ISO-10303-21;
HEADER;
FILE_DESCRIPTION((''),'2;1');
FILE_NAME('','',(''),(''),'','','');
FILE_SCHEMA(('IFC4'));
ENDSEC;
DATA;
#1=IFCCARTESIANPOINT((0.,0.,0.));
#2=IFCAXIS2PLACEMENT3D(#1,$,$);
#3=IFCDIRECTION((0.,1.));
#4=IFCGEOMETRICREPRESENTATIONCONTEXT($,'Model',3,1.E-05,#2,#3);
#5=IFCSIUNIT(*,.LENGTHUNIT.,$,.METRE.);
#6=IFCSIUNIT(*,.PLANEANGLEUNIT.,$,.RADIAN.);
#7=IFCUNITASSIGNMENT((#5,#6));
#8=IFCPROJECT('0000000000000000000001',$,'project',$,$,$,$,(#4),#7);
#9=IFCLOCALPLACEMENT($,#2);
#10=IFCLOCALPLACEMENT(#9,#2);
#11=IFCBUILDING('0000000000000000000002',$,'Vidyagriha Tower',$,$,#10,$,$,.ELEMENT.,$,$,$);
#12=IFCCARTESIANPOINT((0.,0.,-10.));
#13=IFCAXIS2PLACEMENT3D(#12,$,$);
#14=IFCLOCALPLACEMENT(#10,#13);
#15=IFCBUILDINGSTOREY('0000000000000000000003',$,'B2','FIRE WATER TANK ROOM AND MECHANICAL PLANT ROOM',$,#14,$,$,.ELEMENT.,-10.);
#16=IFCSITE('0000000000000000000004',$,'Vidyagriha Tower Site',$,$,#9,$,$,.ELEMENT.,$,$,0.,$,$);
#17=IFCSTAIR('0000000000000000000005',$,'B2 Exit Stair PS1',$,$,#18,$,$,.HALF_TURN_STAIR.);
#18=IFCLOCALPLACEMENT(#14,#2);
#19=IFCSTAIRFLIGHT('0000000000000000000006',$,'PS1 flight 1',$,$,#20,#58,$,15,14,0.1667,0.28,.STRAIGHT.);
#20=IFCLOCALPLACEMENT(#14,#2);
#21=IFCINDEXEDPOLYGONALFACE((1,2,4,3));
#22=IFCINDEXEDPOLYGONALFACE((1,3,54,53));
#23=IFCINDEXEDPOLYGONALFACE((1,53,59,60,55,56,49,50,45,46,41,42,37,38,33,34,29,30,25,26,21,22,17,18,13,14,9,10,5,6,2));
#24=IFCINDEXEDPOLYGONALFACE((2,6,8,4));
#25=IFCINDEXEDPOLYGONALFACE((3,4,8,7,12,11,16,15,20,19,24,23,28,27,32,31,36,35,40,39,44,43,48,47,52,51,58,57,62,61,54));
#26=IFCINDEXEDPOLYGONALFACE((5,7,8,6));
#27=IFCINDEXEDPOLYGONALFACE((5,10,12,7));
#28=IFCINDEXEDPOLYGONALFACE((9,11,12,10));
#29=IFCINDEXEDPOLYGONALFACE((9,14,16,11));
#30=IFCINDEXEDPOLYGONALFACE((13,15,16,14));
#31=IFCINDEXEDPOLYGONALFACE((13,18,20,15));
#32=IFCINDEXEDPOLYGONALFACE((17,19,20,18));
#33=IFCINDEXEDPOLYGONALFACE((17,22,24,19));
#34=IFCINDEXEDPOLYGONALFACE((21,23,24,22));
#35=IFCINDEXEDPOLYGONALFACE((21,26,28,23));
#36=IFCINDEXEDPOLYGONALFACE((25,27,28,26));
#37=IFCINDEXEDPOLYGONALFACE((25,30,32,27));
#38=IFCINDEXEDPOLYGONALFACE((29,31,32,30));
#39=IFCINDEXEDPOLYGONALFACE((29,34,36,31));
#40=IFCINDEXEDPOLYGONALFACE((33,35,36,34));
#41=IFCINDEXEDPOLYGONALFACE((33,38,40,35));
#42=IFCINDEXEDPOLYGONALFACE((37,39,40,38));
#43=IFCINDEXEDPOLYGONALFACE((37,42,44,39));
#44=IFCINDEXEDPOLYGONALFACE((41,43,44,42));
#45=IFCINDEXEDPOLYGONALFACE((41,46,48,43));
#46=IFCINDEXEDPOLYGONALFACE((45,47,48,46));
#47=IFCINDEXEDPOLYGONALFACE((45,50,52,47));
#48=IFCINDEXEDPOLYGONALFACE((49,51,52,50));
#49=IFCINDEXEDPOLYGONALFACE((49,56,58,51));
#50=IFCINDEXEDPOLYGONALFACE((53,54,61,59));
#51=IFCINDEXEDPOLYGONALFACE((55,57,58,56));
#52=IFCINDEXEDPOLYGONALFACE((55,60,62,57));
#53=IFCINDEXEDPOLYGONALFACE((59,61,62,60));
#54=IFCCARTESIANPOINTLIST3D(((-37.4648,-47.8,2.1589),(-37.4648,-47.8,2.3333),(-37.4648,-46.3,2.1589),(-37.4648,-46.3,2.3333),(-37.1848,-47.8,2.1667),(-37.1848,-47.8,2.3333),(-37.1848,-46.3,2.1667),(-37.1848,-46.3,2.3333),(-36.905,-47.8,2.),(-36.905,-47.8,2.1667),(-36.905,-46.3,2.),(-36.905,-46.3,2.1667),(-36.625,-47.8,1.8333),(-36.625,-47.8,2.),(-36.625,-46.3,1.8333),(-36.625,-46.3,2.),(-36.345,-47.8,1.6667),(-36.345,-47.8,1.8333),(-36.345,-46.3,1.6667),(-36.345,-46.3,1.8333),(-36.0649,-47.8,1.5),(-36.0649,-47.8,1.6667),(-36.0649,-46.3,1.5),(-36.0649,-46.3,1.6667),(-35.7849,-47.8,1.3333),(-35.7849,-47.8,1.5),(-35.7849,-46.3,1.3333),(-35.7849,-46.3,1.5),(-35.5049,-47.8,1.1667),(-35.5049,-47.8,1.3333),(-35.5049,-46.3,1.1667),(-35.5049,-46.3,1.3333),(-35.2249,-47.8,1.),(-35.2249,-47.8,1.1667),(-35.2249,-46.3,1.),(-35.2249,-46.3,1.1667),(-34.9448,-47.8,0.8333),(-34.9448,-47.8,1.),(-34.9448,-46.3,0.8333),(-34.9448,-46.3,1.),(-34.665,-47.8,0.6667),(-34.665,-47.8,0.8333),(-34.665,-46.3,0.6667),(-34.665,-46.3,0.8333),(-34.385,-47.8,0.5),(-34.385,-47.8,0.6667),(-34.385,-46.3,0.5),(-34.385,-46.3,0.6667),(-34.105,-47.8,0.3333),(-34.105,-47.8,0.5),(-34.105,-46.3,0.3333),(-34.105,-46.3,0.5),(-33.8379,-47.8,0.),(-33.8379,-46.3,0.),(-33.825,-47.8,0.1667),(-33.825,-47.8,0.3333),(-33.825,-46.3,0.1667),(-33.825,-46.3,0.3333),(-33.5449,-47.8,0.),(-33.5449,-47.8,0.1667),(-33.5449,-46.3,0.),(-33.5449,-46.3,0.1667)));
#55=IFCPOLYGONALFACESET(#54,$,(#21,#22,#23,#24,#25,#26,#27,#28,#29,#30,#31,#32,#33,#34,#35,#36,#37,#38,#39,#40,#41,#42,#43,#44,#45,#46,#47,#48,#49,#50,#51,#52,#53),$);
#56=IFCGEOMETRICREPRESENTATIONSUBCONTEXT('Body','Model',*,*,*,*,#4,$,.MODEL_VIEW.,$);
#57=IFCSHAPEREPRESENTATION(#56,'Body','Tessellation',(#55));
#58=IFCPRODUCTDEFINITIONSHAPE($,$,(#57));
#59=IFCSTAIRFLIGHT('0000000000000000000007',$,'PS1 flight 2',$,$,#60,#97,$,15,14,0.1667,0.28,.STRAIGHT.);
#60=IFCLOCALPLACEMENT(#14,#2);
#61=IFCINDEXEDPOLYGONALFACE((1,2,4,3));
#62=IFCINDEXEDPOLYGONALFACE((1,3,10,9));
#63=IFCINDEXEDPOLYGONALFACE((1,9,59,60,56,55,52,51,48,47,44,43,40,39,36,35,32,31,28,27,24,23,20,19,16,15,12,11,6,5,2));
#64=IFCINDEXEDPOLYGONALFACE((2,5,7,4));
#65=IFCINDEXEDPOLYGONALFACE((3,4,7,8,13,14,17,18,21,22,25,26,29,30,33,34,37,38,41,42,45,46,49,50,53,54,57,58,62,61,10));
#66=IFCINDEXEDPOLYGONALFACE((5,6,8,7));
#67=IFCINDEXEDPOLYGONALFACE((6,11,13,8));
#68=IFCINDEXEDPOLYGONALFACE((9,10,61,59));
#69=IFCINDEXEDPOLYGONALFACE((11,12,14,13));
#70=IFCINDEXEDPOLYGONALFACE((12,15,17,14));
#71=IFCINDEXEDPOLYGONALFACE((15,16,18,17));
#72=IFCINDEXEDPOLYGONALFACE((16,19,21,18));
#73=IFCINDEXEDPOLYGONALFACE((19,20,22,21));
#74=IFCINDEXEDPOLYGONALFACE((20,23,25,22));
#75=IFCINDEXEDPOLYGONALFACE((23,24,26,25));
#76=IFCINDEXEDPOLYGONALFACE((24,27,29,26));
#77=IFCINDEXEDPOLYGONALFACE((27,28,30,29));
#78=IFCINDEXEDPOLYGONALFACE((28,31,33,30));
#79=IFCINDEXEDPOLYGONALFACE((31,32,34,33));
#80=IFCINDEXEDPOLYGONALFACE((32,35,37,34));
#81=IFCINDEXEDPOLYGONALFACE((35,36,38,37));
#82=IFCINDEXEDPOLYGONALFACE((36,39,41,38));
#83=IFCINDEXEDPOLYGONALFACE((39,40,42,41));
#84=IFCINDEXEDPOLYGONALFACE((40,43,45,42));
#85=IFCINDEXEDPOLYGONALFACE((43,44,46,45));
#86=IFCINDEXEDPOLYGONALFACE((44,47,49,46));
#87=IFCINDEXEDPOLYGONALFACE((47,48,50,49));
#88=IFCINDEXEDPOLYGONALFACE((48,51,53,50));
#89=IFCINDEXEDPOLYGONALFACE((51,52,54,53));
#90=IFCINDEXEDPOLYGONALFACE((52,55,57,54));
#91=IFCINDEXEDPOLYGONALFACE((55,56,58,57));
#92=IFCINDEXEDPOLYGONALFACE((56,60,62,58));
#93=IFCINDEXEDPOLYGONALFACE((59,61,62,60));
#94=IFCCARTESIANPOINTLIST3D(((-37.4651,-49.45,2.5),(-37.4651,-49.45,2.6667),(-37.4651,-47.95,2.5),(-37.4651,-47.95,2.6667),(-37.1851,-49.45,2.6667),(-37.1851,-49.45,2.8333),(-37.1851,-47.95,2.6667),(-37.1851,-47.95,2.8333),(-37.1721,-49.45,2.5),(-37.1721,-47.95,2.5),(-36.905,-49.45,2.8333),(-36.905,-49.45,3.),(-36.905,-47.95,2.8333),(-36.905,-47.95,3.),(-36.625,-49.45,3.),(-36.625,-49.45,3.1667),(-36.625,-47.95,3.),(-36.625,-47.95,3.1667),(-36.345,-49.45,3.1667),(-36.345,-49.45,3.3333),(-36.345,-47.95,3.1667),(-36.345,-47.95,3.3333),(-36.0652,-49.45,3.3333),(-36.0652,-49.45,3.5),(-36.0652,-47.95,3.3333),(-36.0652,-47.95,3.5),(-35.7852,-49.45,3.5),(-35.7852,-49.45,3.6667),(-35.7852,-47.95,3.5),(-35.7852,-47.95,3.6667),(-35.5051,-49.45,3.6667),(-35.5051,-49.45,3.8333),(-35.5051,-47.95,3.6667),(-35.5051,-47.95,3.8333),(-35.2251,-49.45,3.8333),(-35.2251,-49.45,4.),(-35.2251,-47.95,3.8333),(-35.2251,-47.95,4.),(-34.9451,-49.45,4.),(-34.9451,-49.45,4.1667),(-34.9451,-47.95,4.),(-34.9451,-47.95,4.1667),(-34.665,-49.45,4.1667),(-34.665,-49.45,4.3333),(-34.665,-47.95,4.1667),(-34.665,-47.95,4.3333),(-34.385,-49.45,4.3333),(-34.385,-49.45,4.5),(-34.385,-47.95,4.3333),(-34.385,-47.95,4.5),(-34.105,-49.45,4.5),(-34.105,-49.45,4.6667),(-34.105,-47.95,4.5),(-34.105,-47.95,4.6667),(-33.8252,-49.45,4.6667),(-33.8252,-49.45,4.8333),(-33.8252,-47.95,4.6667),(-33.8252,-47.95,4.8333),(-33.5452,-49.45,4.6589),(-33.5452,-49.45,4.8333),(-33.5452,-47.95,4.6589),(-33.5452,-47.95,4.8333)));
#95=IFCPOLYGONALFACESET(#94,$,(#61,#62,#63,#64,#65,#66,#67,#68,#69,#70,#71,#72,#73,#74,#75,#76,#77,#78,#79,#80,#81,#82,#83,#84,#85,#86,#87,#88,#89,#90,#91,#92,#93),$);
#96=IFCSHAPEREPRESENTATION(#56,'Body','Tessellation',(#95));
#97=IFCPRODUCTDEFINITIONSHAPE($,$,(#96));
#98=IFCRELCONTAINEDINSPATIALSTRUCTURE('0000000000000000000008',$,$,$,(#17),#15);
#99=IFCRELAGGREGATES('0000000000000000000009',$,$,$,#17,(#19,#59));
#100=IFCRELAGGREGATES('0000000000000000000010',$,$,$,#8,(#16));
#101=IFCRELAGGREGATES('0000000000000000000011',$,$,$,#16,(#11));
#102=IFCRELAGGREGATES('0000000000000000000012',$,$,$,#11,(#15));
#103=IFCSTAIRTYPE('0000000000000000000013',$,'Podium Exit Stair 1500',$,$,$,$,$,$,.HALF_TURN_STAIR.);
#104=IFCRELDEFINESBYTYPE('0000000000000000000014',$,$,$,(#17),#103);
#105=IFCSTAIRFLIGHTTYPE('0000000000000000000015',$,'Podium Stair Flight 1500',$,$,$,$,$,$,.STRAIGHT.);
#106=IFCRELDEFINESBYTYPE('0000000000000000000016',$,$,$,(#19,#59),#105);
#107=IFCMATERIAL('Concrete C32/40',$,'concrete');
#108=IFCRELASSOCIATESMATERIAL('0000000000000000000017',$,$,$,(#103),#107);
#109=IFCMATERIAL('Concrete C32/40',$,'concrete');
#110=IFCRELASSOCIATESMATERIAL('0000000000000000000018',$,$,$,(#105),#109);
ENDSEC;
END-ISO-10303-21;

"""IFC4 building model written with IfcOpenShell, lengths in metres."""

from ifc_helpers import new_model, si_unit, direction, frame, origin, place, context, subcontext, project, spatial, polyline, outline, extrude, material, type_object, element, aggregate, save


model = new_model("IFC4")

# Units and contexts
model_context = context("Model", 3, precision=1e-05, world=origin(), true_north=direction((0.0, 1.0)))
body_context = subcontext(model_context, "Body", "Model", "MODEL_VIEW")
ifc_project = project(units=[si_unit("LENGTHUNIT", "METRE"), si_unit("PLANEANGLEUNIT", "RADIAN")], contexts=[model_context])

# Site, building, storey
site_placement = place(None, origin())
site = spatial("IfcSite", under=ifc_project, at=site_placement, Name="Vidyagriha Tower Site", CompositionType="ELEMENT", RefElevation=0.0)
building_placement = place(site_placement, origin())
building = spatial("IfcBuilding", under=site, at=building_placement, Name="Vidyagriha Tower", CompositionType="ELEMENT")
storey_placement = place(building_placement, frame((0.0, 0.0, -10.0)))
storey = spatial("IfcBuildingStorey", under=building, at=storey_placement, Name="B2", Description="FIRE WATER TANK ROOM AND MECHANICAL PLANT ROOM", CompositionType="ELEMENT", Elevation=-10.0)

# Stair, stair flights
ifc_material_1 = material(Name="Concrete C32/40", Category="concrete")
stair_type = type_object("IfcStairType", Name="Podium Exit Stair 1500", PredefinedType="HALF_TURN_STAIR", material=ifc_material_1)
stair_placement = place(storey_placement, origin())
stair = element("IfcStair", 1, at=stair_placement, inside=storey, type_object=stair_type, Name="B2 Exit Stair PS1", PredefinedType="HALF_TURN_STAIR")
ifc_material_2 = material(Name="Concrete C32/40", Category="concrete")
stair_flight_type = type_object("IfcStairFlightType", Name="Podium Stair Flight 1500", PredefinedType="STRAIGHT", material=ifc_material_2)
stair_flight_1_placement = place(storey_placement, frame((-33.5449, -47.05, 0.0), z_axis=(0.0, 0.0, 1.0), x_axis=(-1.0, 0.0, 0.0)))
stair_flight_1 = element("IfcStairFlight", 2, at=stair_flight_1_placement, type_object=stair_flight_type, Name="PS1 flight 1", NumberOfRisers=15, NumberOfTreads=14, PredefinedType="STRAIGHT", RiserHeight=0.1667, TreadLength=0.28, context=body_context, shape_type="SweptSolid", body=[
    extrude(outline(polyline([(0.0, 0.0), (0.0, 0.1667), (0.28, 0.1667), (0.28, 0.3333), (0.5601, 0.3333), (0.5601, 0.5), (0.8401, 0.5), (0.8401, 0.6667), (1.1201, 0.6667), (1.1201, 0.8333), (1.3999, 0.8333), (1.3999, 1.0), (1.6799, 1.0), (1.6799, 1.1667), (1.96, 1.1667), (1.96, 1.3333), (2.24, 1.3333), (2.24, 1.5), (2.52, 1.5), (2.52, 1.6667), (2.8, 1.6667), (2.8, 1.8333), (3.0801, 1.8333), (3.0801, 2.0), (3.3601, 2.0), (3.3601, 2.1667), (3.6399, 2.1667), (3.6399, 2.3333), (3.9199, 2.3333), (3.9199, 2.5), (3.9199, 2.1589), (0.293, 0.0), (0.0, 0.0)])), frame((0.0, 0.75, 0.0), z_axis=(0.0, -1.0, 0.0), x_axis=(1.0, 0.0, 0.0)), (0.0, 0.0, 1.0), 1.5),
])
stair_flight_2_placement = place(storey_placement, frame((-37.4651, -48.7, 2.5)))
stair_flight_2 = element("IfcStairFlight", 3, at=stair_flight_2_placement, type_object=stair_flight_type, Name="PS1 flight 2", NumberOfRisers=15, NumberOfTreads=14, PredefinedType="STRAIGHT", RiserHeight=0.1667, TreadLength=0.28, context=body_context, shape_type="SweptSolid", body=[
    extrude(outline(polyline([(0.0, 0.0), (0.0, 0.1667), (0.28, 0.1667), (0.28, 0.3333), (0.5601, 0.3333), (0.5601, 0.5), (0.8401, 0.5), (0.8401, 0.6667), (1.1201, 0.6667), (1.1201, 0.8333), (1.3999, 0.8333), (1.3999, 1.0), (1.6799, 1.0), (1.6799, 1.1667), (1.96, 1.1667), (1.96, 1.3333), (2.24, 1.3333), (2.24, 1.5), (2.52, 1.5), (2.52, 1.6667), (2.8, 1.6667), (2.8, 1.8333), (3.0801, 1.8333), (3.0801, 2.0), (3.3601, 2.0), (3.3601, 2.1667), (3.6399, 2.1667), (3.6399, 2.3333), (3.9199, 2.3333), (3.9199, 2.5), (3.9199, 2.1589), (0.293, 0.0), (0.0, 0.0)])), frame((0.0, 0.75, 0.0), z_axis=(0.0, -1.0, 0.0), x_axis=(1.0, 0.0, 0.0)), (0.0, 0.0, 1.0), 1.5),
])
aggregate(stair, [stair_flight_1, stair_flight_2])

save(model, "model.ifc")
